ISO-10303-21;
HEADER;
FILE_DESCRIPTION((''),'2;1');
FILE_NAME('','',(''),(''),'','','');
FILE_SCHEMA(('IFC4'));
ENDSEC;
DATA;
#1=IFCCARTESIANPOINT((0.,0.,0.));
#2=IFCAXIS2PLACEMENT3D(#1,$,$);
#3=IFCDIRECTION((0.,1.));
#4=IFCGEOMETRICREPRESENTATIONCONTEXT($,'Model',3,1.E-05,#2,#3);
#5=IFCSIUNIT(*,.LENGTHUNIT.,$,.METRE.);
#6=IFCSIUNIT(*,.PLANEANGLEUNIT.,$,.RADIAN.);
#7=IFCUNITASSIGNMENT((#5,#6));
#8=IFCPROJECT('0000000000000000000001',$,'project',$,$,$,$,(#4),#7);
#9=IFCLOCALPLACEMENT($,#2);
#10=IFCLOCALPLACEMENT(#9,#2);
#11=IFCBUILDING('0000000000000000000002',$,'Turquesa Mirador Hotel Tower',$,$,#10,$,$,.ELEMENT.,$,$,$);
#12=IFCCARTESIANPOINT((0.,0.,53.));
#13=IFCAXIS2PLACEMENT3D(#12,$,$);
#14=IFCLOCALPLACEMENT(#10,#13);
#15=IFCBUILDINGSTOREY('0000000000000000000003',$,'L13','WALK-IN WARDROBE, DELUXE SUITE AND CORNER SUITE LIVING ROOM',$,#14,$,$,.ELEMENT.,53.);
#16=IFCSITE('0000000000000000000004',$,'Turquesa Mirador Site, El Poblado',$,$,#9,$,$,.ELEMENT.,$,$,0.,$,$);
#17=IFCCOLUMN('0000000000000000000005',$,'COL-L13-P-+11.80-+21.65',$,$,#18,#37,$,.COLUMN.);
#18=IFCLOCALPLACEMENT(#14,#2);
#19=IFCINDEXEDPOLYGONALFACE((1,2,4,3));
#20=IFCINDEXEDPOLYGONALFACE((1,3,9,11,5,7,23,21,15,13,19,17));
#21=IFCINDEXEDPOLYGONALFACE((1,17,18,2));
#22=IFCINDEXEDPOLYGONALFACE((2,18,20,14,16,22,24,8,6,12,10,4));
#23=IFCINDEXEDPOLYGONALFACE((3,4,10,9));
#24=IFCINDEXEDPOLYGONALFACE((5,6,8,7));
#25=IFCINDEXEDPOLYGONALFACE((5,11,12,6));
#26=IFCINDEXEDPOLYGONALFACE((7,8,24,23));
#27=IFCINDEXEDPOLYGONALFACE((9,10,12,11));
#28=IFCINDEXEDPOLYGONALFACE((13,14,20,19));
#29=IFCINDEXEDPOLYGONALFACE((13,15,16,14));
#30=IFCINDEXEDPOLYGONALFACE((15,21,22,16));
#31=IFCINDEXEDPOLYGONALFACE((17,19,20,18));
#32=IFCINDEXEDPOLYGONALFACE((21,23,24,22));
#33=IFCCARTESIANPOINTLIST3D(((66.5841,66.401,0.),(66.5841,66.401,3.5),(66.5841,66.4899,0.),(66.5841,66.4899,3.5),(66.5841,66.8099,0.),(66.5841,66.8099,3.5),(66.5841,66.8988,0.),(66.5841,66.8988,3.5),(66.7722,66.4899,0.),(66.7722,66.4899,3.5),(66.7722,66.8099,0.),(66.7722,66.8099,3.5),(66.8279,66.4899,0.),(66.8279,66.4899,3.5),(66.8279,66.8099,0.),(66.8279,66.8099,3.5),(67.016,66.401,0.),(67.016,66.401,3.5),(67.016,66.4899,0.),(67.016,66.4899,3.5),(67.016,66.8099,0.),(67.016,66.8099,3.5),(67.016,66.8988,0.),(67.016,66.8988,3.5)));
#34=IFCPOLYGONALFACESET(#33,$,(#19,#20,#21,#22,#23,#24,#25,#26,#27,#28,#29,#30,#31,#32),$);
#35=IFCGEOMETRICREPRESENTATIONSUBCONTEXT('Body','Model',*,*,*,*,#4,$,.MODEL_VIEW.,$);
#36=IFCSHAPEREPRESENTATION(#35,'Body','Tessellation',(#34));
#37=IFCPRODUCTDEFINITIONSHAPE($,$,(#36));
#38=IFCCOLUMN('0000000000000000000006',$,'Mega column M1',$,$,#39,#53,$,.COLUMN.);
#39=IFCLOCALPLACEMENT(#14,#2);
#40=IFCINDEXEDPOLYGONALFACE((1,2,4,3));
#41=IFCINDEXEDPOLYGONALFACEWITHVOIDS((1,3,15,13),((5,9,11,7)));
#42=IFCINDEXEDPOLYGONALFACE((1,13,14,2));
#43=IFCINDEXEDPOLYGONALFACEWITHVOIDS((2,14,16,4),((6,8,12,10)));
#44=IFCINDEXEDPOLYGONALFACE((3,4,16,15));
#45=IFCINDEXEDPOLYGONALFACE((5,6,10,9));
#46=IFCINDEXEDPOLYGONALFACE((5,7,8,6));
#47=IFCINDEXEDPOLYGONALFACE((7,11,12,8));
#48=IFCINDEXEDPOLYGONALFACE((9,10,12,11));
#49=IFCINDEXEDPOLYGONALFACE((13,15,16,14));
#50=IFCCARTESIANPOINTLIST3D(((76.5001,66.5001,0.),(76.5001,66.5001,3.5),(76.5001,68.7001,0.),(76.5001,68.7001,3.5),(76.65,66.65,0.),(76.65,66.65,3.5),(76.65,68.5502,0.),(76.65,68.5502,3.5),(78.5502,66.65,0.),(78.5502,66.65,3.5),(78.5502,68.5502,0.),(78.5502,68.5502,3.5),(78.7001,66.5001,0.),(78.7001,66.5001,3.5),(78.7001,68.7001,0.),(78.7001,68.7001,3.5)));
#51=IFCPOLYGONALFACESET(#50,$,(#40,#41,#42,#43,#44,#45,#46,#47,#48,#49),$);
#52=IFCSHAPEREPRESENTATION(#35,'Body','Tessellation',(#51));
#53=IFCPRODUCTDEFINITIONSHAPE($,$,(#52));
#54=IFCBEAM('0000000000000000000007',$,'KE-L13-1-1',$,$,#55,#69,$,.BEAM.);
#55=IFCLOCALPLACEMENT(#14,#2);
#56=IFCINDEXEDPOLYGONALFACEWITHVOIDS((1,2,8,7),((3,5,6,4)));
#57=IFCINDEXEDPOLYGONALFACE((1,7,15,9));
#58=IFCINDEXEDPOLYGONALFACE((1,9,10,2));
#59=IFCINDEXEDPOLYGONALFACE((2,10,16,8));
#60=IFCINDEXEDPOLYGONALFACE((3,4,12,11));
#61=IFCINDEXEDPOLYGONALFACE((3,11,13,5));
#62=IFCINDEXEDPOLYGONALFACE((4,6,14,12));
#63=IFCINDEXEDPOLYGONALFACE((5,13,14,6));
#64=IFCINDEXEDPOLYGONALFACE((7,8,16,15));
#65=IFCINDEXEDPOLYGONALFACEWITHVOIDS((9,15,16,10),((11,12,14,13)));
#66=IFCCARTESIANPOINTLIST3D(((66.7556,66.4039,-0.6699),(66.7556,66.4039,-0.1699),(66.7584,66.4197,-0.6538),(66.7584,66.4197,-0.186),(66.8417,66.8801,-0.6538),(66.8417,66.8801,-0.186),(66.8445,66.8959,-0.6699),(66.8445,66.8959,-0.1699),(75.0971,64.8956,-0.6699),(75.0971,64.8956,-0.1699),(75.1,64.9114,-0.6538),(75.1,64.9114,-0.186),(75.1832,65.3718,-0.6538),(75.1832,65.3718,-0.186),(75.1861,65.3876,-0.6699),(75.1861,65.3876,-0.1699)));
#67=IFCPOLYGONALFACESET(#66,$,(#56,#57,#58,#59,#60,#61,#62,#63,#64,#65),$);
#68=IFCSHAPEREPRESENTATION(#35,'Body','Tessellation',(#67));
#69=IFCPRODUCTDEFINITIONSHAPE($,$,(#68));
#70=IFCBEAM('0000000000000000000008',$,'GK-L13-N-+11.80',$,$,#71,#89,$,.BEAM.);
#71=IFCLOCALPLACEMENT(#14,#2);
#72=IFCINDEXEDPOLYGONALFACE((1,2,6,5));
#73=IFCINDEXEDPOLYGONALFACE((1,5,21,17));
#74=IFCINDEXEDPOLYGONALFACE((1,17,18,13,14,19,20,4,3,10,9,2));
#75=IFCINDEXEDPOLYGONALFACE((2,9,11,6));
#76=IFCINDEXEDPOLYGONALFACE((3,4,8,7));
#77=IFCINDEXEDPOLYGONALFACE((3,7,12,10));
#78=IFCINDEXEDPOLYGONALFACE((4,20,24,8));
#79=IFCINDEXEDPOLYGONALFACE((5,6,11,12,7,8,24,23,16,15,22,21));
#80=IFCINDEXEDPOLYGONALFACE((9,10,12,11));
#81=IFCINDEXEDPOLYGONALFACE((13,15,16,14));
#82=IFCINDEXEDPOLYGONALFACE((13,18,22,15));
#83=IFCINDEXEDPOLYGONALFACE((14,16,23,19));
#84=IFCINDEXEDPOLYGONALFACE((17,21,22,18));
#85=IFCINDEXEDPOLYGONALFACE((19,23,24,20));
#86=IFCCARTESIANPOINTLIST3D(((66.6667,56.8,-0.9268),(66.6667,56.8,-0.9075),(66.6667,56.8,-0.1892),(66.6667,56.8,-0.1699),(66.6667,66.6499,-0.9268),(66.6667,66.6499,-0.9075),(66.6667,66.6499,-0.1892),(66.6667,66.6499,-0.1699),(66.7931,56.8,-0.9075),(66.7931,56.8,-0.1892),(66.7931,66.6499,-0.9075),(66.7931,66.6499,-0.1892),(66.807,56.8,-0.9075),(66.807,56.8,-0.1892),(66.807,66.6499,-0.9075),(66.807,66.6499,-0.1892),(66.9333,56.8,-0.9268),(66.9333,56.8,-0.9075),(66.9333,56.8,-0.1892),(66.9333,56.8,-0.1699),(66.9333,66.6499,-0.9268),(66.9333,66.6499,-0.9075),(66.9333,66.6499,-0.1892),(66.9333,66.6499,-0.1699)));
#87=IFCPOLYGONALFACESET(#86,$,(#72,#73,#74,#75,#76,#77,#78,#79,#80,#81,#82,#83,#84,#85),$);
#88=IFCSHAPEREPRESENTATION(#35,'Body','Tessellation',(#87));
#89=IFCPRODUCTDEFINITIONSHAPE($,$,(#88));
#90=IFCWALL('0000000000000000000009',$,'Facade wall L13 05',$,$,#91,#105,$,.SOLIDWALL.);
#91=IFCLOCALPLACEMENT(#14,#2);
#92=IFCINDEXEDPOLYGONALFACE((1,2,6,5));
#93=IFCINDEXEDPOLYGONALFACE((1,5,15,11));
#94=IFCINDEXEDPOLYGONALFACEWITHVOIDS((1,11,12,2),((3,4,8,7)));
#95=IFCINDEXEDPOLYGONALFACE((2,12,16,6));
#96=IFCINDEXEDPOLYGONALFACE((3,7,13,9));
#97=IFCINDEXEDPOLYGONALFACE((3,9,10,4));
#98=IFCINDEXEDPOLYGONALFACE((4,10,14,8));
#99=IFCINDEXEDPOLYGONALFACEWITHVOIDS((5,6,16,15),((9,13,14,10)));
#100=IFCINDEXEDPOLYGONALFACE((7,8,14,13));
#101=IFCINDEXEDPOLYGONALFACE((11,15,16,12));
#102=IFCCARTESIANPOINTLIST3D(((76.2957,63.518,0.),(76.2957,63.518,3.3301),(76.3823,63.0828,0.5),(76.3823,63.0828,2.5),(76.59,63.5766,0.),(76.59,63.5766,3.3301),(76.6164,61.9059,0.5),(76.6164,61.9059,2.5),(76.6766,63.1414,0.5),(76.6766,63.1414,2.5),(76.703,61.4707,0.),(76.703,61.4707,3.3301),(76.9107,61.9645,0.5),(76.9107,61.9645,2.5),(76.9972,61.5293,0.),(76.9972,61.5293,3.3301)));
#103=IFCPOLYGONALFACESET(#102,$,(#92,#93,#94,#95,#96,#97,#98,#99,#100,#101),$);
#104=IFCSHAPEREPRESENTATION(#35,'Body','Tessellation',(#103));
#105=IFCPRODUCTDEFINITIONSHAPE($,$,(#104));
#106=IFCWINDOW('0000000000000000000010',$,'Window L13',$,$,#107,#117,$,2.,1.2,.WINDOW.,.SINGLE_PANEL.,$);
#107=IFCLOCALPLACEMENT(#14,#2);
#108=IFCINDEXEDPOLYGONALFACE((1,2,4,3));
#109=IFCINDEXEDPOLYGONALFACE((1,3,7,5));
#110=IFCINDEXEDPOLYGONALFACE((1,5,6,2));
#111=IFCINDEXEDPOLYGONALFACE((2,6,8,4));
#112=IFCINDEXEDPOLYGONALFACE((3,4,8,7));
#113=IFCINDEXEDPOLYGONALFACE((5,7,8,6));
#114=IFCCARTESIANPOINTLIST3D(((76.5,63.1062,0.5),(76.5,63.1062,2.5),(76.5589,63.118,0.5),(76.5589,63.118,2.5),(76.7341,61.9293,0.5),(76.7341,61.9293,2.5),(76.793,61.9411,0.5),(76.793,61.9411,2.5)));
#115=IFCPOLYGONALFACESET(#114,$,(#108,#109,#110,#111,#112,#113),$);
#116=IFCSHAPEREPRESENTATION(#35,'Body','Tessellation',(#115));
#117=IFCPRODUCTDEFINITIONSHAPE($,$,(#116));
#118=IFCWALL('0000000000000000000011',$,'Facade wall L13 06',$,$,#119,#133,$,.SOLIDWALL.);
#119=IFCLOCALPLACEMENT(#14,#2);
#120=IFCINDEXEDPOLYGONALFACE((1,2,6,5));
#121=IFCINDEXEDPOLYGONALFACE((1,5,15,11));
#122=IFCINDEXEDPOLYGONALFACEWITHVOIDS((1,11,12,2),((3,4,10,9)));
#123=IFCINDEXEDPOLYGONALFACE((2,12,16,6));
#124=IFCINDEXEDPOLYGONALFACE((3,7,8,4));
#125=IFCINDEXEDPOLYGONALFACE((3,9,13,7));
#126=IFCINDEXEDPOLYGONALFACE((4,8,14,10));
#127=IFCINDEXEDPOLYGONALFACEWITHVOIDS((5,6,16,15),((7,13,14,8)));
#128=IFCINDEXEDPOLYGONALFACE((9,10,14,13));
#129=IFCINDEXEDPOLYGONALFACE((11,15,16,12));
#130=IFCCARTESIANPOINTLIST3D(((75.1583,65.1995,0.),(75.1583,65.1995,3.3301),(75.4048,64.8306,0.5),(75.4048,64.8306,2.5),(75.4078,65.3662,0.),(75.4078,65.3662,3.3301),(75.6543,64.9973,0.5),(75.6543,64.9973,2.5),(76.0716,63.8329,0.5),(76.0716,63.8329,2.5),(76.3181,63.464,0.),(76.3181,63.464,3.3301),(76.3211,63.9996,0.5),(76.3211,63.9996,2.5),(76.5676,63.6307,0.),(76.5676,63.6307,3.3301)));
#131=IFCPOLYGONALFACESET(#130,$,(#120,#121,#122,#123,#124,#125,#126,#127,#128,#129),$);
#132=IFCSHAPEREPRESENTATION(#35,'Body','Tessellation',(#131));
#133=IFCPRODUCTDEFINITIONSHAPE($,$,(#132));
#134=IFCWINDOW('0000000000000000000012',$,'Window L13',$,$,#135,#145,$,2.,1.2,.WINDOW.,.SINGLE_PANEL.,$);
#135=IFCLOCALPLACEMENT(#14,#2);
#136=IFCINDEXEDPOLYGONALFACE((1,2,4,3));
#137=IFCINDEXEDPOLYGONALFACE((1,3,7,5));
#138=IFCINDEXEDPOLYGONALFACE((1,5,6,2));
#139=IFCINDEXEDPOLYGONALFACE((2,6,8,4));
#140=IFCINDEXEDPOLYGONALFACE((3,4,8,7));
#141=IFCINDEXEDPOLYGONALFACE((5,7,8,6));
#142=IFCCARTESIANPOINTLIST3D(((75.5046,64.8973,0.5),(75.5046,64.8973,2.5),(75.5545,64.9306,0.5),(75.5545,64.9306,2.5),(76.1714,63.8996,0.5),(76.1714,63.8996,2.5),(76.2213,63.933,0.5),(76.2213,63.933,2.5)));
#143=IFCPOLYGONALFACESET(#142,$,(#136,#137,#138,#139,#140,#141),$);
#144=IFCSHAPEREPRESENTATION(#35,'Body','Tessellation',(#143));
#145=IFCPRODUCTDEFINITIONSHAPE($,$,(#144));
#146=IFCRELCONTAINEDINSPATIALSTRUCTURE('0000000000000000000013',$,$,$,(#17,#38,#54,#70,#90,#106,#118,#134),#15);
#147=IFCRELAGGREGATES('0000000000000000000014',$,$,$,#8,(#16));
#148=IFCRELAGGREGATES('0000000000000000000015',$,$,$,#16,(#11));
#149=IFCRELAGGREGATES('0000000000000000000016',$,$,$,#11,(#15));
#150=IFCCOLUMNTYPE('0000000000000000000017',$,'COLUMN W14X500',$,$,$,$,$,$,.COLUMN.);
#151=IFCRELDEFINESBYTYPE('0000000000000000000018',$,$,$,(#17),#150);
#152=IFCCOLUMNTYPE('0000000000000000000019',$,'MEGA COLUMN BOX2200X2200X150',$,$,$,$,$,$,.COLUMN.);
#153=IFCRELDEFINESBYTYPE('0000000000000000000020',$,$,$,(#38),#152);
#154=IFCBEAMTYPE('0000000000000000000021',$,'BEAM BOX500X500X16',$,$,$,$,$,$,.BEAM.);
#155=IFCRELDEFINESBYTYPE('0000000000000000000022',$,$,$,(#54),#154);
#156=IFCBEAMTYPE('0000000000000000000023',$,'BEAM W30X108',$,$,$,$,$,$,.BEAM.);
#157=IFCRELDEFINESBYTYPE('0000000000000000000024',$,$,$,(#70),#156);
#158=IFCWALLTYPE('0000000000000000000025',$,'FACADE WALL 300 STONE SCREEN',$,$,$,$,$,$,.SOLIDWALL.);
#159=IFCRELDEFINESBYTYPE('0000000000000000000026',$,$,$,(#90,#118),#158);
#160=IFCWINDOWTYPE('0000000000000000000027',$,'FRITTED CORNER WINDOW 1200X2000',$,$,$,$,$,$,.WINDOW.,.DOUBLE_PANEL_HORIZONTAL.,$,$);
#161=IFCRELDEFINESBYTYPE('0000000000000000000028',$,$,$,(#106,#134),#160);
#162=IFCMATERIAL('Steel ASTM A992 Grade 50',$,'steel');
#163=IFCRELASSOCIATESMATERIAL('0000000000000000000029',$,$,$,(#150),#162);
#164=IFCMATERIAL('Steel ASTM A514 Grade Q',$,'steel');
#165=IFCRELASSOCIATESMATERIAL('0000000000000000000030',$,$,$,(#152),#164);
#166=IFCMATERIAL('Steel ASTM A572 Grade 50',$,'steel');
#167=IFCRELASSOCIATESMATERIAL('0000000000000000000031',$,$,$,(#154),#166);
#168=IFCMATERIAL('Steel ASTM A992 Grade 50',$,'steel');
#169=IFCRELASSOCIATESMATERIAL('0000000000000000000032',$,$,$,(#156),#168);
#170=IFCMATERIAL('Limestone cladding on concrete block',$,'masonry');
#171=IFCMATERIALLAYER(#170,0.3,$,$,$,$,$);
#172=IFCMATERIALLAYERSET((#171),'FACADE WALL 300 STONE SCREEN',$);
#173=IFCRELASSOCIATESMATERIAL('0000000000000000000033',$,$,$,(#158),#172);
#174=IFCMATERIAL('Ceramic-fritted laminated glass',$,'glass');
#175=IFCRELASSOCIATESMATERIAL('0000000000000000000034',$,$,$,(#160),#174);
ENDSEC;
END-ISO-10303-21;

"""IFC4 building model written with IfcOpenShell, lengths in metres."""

from ifc_helpers import new_model, si_unit, direction, frame, frame_2d, origin, origin_2d, place, context, subcontext, project, spatial, rectangle, hollow_rectangle, i_section, extrude, material, layer, layer_set, material_profile, profile_set, type_object, element, fill, save


model = new_model("IFC4")

# Units and contexts
model_context = context("Model", 3, precision=1e-05, world=origin(), true_north=direction((0.0, 1.0)))
body_context = subcontext(model_context, "Body", "Model", "MODEL_VIEW")
ifc_project = project(units=[si_unit("LENGTHUNIT", "METRE"), si_unit("PLANEANGLEUNIT", "RADIAN")], contexts=[model_context])

# Site, building, storey
site_placement = place(None, origin())
site = spatial("IfcSite", under=ifc_project, at=site_placement, Name="Turquesa Mirador Site, El Poblado", CompositionType="ELEMENT", RefElevation=0.0)
building_placement = place(site_placement, origin())
building = spatial("IfcBuilding", under=site, at=building_placement, Name="Turquesa Mirador Hotel Tower", CompositionType="ELEMENT")
storey_placement = place(building_placement, frame((0.0, 0.0, 53.0)))
storey = spatial("IfcBuildingStorey", under=building, at=storey_placement, Name="L13", Description="WALK-IN WARDROBE, DELUXE SUITE AND CORNER SUITE LIVING ROOM", CompositionType="ELEMENT", Elevation=53.0)

# Columns
ifc_material_1 = material(Name="Steel ASTM A992 Grade 50", Category="steel")
ifc_material_profile_1 = material_profile(ifc_material_1, i_section(OverallWidth=0.4319, OverallDepth=0.4978, WebThickness=0.0557, FlangeThickness=0.0889, at=origin_2d()), Name="W14X500")
ifc_profile_set_1 = profile_set([ifc_material_profile_1], Name="Steel ASTM A992 Grade 50")
column_type_1 = type_object("IfcColumnType", Name="COLUMN W14X500", PredefinedType="COLUMN", material=ifc_profile_set_1)
column_1_placement = place(storey_placement, frame((66.8, 66.6499, 0.0), z_axis=(0.0, 0.0, 1.0), x_axis=(1.0, 0.0, 0.0)))
element("IfcColumn", 1, at=column_1_placement, inside=storey, type_object=column_type_1, Name="COL-L13-P-+11.80-+21.65", PredefinedType="COLUMN", context=body_context, shape_type="SweptSolid", body=[
    extrude(i_section(OverallWidth=0.4319, OverallDepth=0.4978, WebThickness=0.0557, FlangeThickness=0.0889, at=origin_2d()), origin(), (0.0, 0.0, 1.0), 3.5),
])
ifc_material_2 = material(Name="Steel ASTM A514 Grade Q", Category="steel")
ifc_material_profile_2 = material_profile(ifc_material_2, hollow_rectangle(XDim=2.2, YDim=2.2, WallThickness=0.1499, at=origin_2d()), Name="BOX2200X2200X150")
ifc_profile_set_2 = profile_set([ifc_material_profile_2], Name="Steel ASTM A514 Grade Q")
column_type_2 = type_object("IfcColumnType", Name="MEGA COLUMN BOX2200X2200X150", PredefinedType="COLUMN", material=ifc_profile_set_2)
column_2_placement = place(storey_placement, frame((77.6001, 67.6001, 0.0), z_axis=(0.0, 0.0, 1.0), x_axis=(1.0, 0.0, 0.0)))
element("IfcColumn", 2, at=column_2_placement, inside=storey, type_object=column_type_2, Name="Mega column M1", PredefinedType="COLUMN", context=body_context, shape_type="SweptSolid", body=[
    extrude(hollow_rectangle(XDim=2.2, YDim=2.2, WallThickness=0.1499, at=origin_2d()), origin(), (0.0, 0.0, 1.0), 3.5),
])

# Beams
ifc_material_3 = material(Name="Steel ASTM A572 Grade 50", Category="steel")
ifc_material_profile_3 = material_profile(ifc_material_3, hollow_rectangle(XDim=0.5, YDim=0.5, WallThickness=0.0161, at=origin_2d()), Name="BOX500X500X16")
ifc_profile_set_3 = profile_set([ifc_material_profile_3], Name="Steel ASTM A572 Grade 50")
beam_type_1 = type_object("IfcBeamType", Name="BEAM BOX500X500X16", PredefinedType="BEAM", material=ifc_profile_set_3)
beam_1_placement = place(storey_placement, frame((75.1416, 65.1416, -0.4199), z_axis=(-0.984043, 0.177932, 0.0), x_axis=(-0.177932, -0.984043, 0.0)))
element("IfcBeam", 3, at=beam_1_placement, inside=storey, type_object=beam_type_1, Name="KE-L13-1-1", PredefinedType="BEAM", context=body_context, shape_type="SweptSolid", body=[
    extrude(hollow_rectangle(XDim=0.5, YDim=0.5, WallThickness=0.0161, at=origin_2d()), origin(), (0.0, 0.0, 1.0), 8.4768),
])
ifc_material_4 = material(Name="Steel ASTM A992 Grade 50", Category="steel")
ifc_material_profile_4 = material_profile(ifc_material_4, i_section(OverallWidth=0.2666, OverallDepth=0.7568, WebThickness=0.0139, FlangeThickness=0.0193, at=origin_2d()), Name="W30X108")
ifc_profile_set_4 = profile_set([ifc_material_profile_4], Name="Steel ASTM A992 Grade 50")
beam_type_2 = type_object("IfcBeamType", Name="BEAM W30X108", PredefinedType="BEAM", material=ifc_profile_set_4)
beam_2_placement = place(storey_placement, frame((66.8, 66.6499, -0.5483), z_axis=(0.0, -1.0, 0.0), x_axis=(1.0, 0.0, 0.0)))
element("IfcBeam", 4, at=beam_2_placement, inside=storey, type_object=beam_type_2, Name="GK-L13-N-+11.80", PredefinedType="BEAM", context=body_context, shape_type="SweptSolid", body=[
    extrude(i_section(OverallWidth=0.2666, OverallDepth=0.7568, WebThickness=0.0139, FlangeThickness=0.0193, at=origin_2d()), origin(), (0.0, 0.0, 1.0), 9.8499),
])

# Walls, openings, windows
ifc_material_5 = material(Name="Limestone cladding on concrete block", Category="masonry")
ifc_layer = layer(ifc_material_5, 0.3)
ifc_layer_set = layer_set([ifc_layer], Name="FACADE WALL 300 STONE SCREEN")
wall_type = type_object("IfcWallType", Name="FACADE WALL 300 STONE SCREEN", PredefinedType="SOLIDWALL", material=ifc_layer_set)
wall_1_placement = place(storey_placement, frame((76.8501, 61.5, 0.0), z_axis=(0.0, 0.0, 1.0), x_axis=(-0.195081, 0.980787, 0.0)))
wall_1 = element("IfcWall", 5, at=wall_1_placement, inside=storey, type_object=wall_type, Name="Facade wall L13 05", PredefinedType="SOLIDWALL", context=body_context, shape_type="SweptSolid", body=[
    extrude(rectangle(XDim=2.0874, YDim=0.3, at=frame_2d((1.0437, 0.0))), origin(), (0.0, 0.0, 1.0), 3.3301),
])
opening_1_placement = place(wall_1_placement, frame((0.4436, 0.0, 0.5)))
opening_1 = element("IfcOpeningElement", 6, at=opening_1_placement, cuts=wall_1, PredefinedType="OPENING", context=body_context, shape_type="SweptSolid", body=[
    extrude(rectangle(XDim=1.2, YDim=2.0, at=frame_2d((0.6001, 1.0))), frame((0.0, 0.1599, 0.0), z_axis=(0.0, -1.0, 0.0), x_axis=(1.0, 0.0, 0.0)), (0.0, 0.0, 1.0), 0.3201),
])
ifc_material_6 = material(Name="Ceramic-fritted laminated glass", Category="glass")
window_type_1 = type_object("IfcWindowType", Name="FRITTED CORNER WINDOW 1200X2000", PartitioningType="DOUBLE_PANEL_HORIZONTAL", PredefinedType="WINDOW", material=ifc_material_6)
window_1_placement = place(opening_1_placement, origin())
window_1 = element("IfcWindow", 7, at=window_1_placement, inside=storey, type_object=window_type_1, Name="Window L13", OverallHeight=2.0, OverallWidth=1.2, PartitioningType="SINGLE_PANEL", PredefinedType="WINDOW", context=body_context, shape_type="SweptSolid", body=[
    extrude(rectangle(XDim=1.2, YDim=2.0, at=frame_2d((0.6001, 1.0))), frame((0.0, 0.03, 0.0), z_axis=(0.0, -1.0, 0.0), x_axis=(1.0, 0.0, 0.0)), (0.0, 0.0, 1.0), 0.0601),
])
fill(opening_1, window_1)
wall_2_placement = place(storey_placement, frame((76.4429, 63.5474, 0.0), z_axis=(0.0, 0.0, 1.0), x_axis=(-0.555644, 0.83142, 0.0)))
wall_2 = element("IfcWall", 8, at=wall_2_placement, inside=storey, type_object=wall_type, Name="Facade wall L13 06", PredefinedType="SOLIDWALL", context=body_context, shape_type="SweptSolid", body=[
    extrude(rectangle(XDim=2.0874, YDim=0.3, at=frame_2d((1.0437, 0.0))), origin(), (0.0, 0.0, 1.0), 3.3301),
])
opening_2_placement = place(wall_2_placement, frame((0.4436, 0.0, 0.5)))
opening_2 = element("IfcOpeningElement", 9, at=opening_2_placement, cuts=wall_2, PredefinedType="OPENING", context=body_context, shape_type="SweptSolid", body=[
    extrude(rectangle(XDim=1.2, YDim=2.0, at=frame_2d((0.6001, 1.0))), frame((0.0, 0.1599, 0.0), z_axis=(0.0, -1.0, 0.0), x_axis=(1.0, 0.0, 0.0)), (0.0, 0.0, 1.0), 0.3201),
])
window_2_placement = place(opening_2_placement, origin())
window_2 = element("IfcWindow", 10, at=window_2_placement, inside=storey, type_object=window_type_1, Name="Window L13", OverallHeight=2.0, OverallWidth=1.2, PartitioningType="SINGLE_PANEL", PredefinedType="WINDOW", context=body_context, shape_type="SweptSolid", body=[
    extrude(rectangle(XDim=1.2, YDim=2.0, at=frame_2d((0.6001, 1.0))), frame((0.0, 0.03, 0.0), z_axis=(0.0, -1.0, 0.0), x_axis=(1.0, 0.0, 0.0)), (0.0, 0.0, 1.0), 0.0601),
])
fill(opening_2, window_2)

save(model, "model.ifc")
